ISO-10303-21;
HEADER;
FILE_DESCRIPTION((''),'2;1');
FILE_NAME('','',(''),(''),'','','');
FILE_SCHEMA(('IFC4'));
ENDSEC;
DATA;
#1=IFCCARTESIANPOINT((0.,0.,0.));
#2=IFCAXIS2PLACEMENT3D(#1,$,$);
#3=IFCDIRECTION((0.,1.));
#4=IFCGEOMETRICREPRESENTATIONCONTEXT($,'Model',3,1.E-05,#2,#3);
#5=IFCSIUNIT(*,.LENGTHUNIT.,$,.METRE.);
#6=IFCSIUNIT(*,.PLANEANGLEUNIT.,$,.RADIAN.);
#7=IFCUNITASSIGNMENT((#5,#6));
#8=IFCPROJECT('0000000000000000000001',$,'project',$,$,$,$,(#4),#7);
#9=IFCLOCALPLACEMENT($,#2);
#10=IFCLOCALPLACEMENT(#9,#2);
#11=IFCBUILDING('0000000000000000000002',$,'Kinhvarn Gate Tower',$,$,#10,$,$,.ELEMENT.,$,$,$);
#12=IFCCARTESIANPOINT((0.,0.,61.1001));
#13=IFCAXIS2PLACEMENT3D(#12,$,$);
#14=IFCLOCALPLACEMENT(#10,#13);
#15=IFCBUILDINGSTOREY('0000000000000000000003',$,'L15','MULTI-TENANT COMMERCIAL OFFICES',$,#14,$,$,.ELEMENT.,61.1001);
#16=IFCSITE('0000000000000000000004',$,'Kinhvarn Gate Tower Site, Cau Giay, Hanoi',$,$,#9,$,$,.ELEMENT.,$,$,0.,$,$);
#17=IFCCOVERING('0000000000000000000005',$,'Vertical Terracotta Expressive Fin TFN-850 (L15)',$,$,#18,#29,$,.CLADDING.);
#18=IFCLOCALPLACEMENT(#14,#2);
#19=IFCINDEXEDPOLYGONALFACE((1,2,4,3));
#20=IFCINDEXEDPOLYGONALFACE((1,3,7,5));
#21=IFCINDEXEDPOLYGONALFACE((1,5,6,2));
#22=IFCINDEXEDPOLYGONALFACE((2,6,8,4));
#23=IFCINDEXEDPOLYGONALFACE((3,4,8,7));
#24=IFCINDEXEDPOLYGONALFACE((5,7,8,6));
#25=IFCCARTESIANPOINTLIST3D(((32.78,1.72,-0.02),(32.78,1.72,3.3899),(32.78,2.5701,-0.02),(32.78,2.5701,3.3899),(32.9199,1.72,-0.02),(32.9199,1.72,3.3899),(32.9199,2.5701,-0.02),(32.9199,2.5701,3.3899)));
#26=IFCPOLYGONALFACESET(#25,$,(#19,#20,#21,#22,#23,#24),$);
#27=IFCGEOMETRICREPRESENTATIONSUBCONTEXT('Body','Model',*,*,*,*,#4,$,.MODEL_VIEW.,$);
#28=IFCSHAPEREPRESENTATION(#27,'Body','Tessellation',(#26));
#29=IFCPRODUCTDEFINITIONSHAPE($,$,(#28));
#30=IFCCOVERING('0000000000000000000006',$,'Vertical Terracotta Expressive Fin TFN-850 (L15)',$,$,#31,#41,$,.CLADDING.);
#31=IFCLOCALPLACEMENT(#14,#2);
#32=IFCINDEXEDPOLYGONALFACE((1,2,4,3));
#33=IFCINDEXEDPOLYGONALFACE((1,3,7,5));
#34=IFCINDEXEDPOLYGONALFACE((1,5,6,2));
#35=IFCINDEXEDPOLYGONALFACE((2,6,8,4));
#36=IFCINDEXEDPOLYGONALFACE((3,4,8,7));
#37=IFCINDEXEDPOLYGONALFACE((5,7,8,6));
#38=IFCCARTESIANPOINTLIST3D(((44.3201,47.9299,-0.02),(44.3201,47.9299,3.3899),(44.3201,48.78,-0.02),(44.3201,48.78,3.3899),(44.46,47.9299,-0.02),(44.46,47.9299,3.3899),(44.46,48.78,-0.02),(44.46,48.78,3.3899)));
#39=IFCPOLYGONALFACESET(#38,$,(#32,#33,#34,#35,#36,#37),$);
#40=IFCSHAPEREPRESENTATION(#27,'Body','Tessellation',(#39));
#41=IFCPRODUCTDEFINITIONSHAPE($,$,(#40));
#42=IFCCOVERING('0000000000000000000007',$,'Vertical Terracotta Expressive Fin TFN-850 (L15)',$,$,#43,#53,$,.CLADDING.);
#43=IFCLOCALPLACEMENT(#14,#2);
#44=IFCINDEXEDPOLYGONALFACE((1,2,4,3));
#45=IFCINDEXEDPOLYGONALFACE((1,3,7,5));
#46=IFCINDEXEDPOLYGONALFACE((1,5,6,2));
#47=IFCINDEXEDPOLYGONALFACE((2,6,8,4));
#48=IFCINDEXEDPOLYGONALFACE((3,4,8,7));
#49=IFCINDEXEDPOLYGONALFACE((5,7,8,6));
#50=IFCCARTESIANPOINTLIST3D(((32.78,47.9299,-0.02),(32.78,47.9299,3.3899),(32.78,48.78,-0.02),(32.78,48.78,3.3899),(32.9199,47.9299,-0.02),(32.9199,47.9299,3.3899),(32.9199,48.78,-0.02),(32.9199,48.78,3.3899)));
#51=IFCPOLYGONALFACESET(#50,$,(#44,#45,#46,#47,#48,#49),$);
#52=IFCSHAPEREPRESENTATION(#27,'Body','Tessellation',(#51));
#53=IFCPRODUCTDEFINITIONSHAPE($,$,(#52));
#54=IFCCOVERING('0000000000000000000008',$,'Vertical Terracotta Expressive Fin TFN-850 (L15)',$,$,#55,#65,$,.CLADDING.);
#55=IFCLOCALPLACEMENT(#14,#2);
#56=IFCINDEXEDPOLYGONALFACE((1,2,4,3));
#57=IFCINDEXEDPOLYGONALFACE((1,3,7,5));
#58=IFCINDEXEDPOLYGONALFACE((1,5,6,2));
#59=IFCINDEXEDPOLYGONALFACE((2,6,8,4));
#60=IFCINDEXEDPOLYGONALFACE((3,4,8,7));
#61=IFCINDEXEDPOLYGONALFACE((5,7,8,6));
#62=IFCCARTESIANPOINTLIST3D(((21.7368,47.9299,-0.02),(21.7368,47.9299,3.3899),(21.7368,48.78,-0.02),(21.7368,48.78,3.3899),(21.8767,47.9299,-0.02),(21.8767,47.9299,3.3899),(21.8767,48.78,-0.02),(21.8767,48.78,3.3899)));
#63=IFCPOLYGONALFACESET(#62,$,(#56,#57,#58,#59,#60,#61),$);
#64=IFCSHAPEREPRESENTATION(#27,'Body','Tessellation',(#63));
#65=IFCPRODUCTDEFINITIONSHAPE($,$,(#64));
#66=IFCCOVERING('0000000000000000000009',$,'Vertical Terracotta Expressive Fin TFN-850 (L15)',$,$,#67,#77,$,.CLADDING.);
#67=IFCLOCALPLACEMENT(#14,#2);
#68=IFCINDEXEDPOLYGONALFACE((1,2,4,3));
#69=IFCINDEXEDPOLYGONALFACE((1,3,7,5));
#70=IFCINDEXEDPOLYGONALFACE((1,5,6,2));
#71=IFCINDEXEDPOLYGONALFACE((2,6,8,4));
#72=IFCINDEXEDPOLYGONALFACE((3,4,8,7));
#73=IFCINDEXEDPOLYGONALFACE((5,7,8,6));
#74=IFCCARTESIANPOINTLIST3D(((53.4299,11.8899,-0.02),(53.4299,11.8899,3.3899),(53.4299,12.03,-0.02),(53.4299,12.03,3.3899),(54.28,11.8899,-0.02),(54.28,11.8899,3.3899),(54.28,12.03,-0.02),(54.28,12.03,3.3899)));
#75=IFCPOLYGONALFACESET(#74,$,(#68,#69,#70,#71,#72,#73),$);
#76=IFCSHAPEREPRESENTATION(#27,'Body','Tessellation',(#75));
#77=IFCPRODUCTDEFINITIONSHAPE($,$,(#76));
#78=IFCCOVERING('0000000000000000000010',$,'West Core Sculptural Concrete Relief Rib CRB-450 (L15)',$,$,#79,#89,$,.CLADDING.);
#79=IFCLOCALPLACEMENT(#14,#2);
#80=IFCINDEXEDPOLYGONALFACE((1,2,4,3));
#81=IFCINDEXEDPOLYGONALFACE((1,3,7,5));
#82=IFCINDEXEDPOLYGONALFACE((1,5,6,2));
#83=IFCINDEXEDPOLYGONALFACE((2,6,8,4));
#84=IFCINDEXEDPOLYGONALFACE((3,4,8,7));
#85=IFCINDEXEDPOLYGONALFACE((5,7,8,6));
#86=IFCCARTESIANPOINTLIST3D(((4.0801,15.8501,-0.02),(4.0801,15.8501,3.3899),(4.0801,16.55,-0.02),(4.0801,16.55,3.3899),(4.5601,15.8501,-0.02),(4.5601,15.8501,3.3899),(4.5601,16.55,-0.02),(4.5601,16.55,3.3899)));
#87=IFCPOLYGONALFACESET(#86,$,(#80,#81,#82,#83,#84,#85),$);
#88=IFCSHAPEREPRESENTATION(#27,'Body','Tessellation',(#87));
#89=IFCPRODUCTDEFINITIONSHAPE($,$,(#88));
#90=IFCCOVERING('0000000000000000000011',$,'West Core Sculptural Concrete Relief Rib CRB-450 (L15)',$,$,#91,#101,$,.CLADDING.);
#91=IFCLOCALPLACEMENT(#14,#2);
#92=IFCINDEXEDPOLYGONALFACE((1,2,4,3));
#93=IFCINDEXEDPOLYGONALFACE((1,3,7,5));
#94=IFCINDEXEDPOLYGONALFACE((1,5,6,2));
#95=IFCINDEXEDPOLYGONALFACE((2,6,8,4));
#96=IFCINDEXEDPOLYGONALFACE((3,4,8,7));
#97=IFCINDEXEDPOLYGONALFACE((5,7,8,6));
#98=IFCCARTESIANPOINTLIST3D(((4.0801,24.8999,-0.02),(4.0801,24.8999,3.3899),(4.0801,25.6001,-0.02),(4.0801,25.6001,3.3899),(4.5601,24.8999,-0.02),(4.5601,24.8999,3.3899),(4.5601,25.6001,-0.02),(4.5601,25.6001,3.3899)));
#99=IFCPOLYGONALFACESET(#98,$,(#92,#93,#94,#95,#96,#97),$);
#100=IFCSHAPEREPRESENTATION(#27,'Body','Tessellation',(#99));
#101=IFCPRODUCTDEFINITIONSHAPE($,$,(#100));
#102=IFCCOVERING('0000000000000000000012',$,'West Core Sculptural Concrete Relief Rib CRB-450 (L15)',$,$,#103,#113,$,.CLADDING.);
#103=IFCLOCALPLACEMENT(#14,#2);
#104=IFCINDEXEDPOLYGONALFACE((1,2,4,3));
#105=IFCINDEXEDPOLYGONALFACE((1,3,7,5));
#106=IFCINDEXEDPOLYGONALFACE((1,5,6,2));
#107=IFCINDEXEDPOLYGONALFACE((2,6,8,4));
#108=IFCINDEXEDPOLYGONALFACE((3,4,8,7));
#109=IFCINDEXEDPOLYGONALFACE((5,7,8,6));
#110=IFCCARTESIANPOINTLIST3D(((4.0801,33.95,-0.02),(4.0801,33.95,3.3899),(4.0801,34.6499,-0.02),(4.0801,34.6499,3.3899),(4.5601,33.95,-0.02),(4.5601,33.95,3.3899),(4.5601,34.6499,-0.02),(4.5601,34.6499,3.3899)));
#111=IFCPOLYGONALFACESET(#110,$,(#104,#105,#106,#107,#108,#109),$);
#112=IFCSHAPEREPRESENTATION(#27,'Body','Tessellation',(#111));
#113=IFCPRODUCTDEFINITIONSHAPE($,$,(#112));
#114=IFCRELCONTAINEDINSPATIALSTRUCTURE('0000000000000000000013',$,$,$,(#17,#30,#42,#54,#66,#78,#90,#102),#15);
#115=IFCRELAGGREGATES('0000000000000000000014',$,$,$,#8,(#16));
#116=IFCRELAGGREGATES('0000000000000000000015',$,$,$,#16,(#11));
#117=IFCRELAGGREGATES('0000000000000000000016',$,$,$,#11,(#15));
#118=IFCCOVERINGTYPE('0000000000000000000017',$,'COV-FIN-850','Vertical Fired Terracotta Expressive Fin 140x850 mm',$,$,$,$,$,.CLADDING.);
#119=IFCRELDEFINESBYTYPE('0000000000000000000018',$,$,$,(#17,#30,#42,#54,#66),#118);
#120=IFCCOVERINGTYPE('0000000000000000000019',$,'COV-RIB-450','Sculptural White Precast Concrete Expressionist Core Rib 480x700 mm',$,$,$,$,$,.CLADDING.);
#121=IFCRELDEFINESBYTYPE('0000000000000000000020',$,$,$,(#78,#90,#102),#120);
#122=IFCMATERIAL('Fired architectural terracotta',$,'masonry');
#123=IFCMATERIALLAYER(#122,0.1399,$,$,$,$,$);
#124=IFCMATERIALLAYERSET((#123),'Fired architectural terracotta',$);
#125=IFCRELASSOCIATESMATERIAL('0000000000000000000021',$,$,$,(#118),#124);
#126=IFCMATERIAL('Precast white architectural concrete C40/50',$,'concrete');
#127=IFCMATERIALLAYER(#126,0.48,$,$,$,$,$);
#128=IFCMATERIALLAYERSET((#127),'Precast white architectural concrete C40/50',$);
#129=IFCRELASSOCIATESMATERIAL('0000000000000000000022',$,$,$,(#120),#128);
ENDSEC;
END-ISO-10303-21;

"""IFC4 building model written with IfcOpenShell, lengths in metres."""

from ifc_helpers import new_model, si_unit, direction, frame, origin, place, context, subcontext, project, spatial, polyline, outline, extrude, material, layer, layer_set, type_object, element, save


model = new_model("IFC4")

# Units and contexts
model_context = context("Model", 3, precision=1e-05, world=origin(), true_north=direction((0.0, 1.0)))
body_context = subcontext(model_context, "Body", "Model", "MODEL_VIEW")
ifc_project = project(units=[si_unit("LENGTHUNIT", "METRE"), si_unit("PLANEANGLEUNIT", "RADIAN")], contexts=[model_context])

# Site, building, storey
site_placement = place(None, origin())
site = spatial("IfcSite", under=ifc_project, at=site_placement, Name="Kinhvarn Gate Tower Site, Cau Giay, Hanoi", CompositionType="ELEMENT", RefElevation=0.0)
building_placement = place(site_placement, origin())
building = spatial("IfcBuilding", under=site, at=building_placement, Name="Kinhvarn Gate Tower", CompositionType="ELEMENT")
storey_placement = place(building_placement, frame((0.0, 0.0, 61.1001)))
storey = spatial("IfcBuildingStorey", under=building, at=storey_placement, Name="L15", Description="MULTI-TENANT COMMERCIAL OFFICES", CompositionType="ELEMENT", Elevation=61.1001)

# Shared definitions
ifc_material_1 = material(Name="Precast white architectural concrete C40/50", Category="concrete")

# Coverings
ifc_material_2 = material(Name="Fired architectural terracotta", Category="masonry")
ifc_layer_1 = layer(ifc_material_2, 0.1399)
ifc_layer_set_1 = layer_set([ifc_layer_1], Name="Fired architectural terracotta")
covering_type_1 = type_object("IfcCoveringType", Name="COV-FIN-850", Description="Vertical Fired Terracotta Expressive Fin 140x850 mm", PredefinedType="CLADDING", material=ifc_layer_set_1)
covering_1_placement = place(storey_placement, frame((0.0, 0.0, -0.02)))
element("IfcCovering", 1, at=covering_1_placement, inside=storey, type_object=covering_type_1, Name="Vertical Terracotta Expressive Fin TFN-850 (L15)", PredefinedType="CLADDING", context=body_context, shape_type="SweptSolid", body=[
    extrude(outline(polyline([(32.78, 2.5701), (32.9199, 2.5701), (32.9199, 1.72), (32.78, 1.72), (32.78, 2.5701)])), origin(), (0.0, 0.0, 1.0), 3.4099),
])
covering_2_placement = place(storey_placement, frame((0.0, 0.0, -0.02)))
element("IfcCovering", 2, at=covering_2_placement, inside=storey, type_object=covering_type_1, Name="Vertical Terracotta Expressive Fin TFN-850 (L15)", PredefinedType="CLADDING", context=body_context, shape_type="SweptSolid", body=[
    extrude(outline(polyline([(44.46, 47.9299), (44.3201, 47.9299), (44.3201, 48.78), (44.46, 48.78), (44.46, 47.9299)])), origin(), (0.0, 0.0, 1.0), 3.4099),
])
covering_3_placement = place(storey_placement, frame((0.0, 0.0, -0.02)))
element("IfcCovering", 3, at=covering_3_placement, inside=storey, type_object=covering_type_1, Name="Vertical Terracotta Expressive Fin TFN-850 (L15)", PredefinedType="CLADDING", context=body_context, shape_type="SweptSolid", body=[
    extrude(outline(polyline([(32.9199, 47.9299), (32.78, 47.9299), (32.78, 48.78), (32.9199, 48.78), (32.9199, 47.9299)])), origin(), (0.0, 0.0, 1.0), 3.4099),
])
covering_4_placement = place(storey_placement, frame((0.0, 0.0, -0.02)))
element("IfcCovering", 4, at=covering_4_placement, inside=storey, type_object=covering_type_1, Name="Vertical Terracotta Expressive Fin TFN-850 (L15)", PredefinedType="CLADDING", context=body_context, shape_type="SweptSolid", body=[
    extrude(outline(polyline([(21.8767, 47.9299), (21.7368, 47.9299), (21.7368, 48.78), (21.8767, 48.78), (21.8767, 47.9299)])), origin(), (0.0, 0.0, 1.0), 3.4099),
])
covering_5_placement = place(storey_placement, frame((0.0, 0.0, -0.02)))
element("IfcCovering", 5, at=covering_5_placement, inside=storey, type_object=covering_type_1, Name="Vertical Terracotta Expressive Fin TFN-850 (L15)", PredefinedType="CLADDING", context=body_context, shape_type="SweptSolid", body=[
    extrude(outline(polyline([(53.4299, 11.8899), (53.4299, 12.03), (54.28, 12.03), (54.28, 11.8899), (53.4299, 11.8899)])), origin(), (0.0, 0.0, 1.0), 3.4099),
])
ifc_layer_2 = layer(ifc_material_1, 0.48)
ifc_layer_set_2 = layer_set([ifc_layer_2], Name="Precast white architectural concrete C40/50")
covering_type_2 = type_object("IfcCoveringType", Name="COV-RIB-450", Description="Sculptural White Precast Concrete Expressionist Core Rib 480x700 mm", PredefinedType="CLADDING", material=ifc_layer_set_2)
covering_6_placement = place(storey_placement, frame((0.0, 0.0, -0.02)))
element("IfcCovering", 6, at=covering_6_placement, inside=storey, type_object=covering_type_2, Name="West Core Sculptural Concrete Relief Rib CRB-450 (L15)", PredefinedType="CLADDING", context=body_context, shape_type="SweptSolid", body=[
    extrude(outline(polyline([(4.0801, 15.8501), (4.5601, 15.8501), (4.5601, 16.55), (4.0801, 16.55), (4.0801, 15.8501)])), origin(), (0.0, 0.0, 1.0), 3.4099),
])
covering_7_placement = place(storey_placement, frame((0.0, 0.0, -0.02)))
element("IfcCovering", 7, at=covering_7_placement, inside=storey, type_object=covering_type_2, Name="West Core Sculptural Concrete Relief Rib CRB-450 (L15)", PredefinedType="CLADDING", context=body_context, shape_type="SweptSolid", body=[
    extrude(outline(polyline([(4.0801, 24.8999), (4.5601, 24.8999), (4.5601, 25.6001), (4.0801, 25.6001), (4.0801, 24.8999)])), origin(), (0.0, 0.0, 1.0), 3.4099),
])
covering_8_placement = place(storey_placement, frame((0.0, 0.0, -0.02)))
element("IfcCovering", 8, at=covering_8_placement, inside=storey, type_object=covering_type_2, Name="West Core Sculptural Concrete Relief Rib CRB-450 (L15)", PredefinedType="CLADDING", context=body_context, shape_type="SweptSolid", body=[
    extrude(outline(polyline([(4.0801, 33.95), (4.5601, 33.95), (4.5601, 34.6499), (4.0801, 34.6499), (4.0801, 33.95)])), origin(), (0.0, 0.0, 1.0), 3.4099),
])

save(model, "model.ifc")
